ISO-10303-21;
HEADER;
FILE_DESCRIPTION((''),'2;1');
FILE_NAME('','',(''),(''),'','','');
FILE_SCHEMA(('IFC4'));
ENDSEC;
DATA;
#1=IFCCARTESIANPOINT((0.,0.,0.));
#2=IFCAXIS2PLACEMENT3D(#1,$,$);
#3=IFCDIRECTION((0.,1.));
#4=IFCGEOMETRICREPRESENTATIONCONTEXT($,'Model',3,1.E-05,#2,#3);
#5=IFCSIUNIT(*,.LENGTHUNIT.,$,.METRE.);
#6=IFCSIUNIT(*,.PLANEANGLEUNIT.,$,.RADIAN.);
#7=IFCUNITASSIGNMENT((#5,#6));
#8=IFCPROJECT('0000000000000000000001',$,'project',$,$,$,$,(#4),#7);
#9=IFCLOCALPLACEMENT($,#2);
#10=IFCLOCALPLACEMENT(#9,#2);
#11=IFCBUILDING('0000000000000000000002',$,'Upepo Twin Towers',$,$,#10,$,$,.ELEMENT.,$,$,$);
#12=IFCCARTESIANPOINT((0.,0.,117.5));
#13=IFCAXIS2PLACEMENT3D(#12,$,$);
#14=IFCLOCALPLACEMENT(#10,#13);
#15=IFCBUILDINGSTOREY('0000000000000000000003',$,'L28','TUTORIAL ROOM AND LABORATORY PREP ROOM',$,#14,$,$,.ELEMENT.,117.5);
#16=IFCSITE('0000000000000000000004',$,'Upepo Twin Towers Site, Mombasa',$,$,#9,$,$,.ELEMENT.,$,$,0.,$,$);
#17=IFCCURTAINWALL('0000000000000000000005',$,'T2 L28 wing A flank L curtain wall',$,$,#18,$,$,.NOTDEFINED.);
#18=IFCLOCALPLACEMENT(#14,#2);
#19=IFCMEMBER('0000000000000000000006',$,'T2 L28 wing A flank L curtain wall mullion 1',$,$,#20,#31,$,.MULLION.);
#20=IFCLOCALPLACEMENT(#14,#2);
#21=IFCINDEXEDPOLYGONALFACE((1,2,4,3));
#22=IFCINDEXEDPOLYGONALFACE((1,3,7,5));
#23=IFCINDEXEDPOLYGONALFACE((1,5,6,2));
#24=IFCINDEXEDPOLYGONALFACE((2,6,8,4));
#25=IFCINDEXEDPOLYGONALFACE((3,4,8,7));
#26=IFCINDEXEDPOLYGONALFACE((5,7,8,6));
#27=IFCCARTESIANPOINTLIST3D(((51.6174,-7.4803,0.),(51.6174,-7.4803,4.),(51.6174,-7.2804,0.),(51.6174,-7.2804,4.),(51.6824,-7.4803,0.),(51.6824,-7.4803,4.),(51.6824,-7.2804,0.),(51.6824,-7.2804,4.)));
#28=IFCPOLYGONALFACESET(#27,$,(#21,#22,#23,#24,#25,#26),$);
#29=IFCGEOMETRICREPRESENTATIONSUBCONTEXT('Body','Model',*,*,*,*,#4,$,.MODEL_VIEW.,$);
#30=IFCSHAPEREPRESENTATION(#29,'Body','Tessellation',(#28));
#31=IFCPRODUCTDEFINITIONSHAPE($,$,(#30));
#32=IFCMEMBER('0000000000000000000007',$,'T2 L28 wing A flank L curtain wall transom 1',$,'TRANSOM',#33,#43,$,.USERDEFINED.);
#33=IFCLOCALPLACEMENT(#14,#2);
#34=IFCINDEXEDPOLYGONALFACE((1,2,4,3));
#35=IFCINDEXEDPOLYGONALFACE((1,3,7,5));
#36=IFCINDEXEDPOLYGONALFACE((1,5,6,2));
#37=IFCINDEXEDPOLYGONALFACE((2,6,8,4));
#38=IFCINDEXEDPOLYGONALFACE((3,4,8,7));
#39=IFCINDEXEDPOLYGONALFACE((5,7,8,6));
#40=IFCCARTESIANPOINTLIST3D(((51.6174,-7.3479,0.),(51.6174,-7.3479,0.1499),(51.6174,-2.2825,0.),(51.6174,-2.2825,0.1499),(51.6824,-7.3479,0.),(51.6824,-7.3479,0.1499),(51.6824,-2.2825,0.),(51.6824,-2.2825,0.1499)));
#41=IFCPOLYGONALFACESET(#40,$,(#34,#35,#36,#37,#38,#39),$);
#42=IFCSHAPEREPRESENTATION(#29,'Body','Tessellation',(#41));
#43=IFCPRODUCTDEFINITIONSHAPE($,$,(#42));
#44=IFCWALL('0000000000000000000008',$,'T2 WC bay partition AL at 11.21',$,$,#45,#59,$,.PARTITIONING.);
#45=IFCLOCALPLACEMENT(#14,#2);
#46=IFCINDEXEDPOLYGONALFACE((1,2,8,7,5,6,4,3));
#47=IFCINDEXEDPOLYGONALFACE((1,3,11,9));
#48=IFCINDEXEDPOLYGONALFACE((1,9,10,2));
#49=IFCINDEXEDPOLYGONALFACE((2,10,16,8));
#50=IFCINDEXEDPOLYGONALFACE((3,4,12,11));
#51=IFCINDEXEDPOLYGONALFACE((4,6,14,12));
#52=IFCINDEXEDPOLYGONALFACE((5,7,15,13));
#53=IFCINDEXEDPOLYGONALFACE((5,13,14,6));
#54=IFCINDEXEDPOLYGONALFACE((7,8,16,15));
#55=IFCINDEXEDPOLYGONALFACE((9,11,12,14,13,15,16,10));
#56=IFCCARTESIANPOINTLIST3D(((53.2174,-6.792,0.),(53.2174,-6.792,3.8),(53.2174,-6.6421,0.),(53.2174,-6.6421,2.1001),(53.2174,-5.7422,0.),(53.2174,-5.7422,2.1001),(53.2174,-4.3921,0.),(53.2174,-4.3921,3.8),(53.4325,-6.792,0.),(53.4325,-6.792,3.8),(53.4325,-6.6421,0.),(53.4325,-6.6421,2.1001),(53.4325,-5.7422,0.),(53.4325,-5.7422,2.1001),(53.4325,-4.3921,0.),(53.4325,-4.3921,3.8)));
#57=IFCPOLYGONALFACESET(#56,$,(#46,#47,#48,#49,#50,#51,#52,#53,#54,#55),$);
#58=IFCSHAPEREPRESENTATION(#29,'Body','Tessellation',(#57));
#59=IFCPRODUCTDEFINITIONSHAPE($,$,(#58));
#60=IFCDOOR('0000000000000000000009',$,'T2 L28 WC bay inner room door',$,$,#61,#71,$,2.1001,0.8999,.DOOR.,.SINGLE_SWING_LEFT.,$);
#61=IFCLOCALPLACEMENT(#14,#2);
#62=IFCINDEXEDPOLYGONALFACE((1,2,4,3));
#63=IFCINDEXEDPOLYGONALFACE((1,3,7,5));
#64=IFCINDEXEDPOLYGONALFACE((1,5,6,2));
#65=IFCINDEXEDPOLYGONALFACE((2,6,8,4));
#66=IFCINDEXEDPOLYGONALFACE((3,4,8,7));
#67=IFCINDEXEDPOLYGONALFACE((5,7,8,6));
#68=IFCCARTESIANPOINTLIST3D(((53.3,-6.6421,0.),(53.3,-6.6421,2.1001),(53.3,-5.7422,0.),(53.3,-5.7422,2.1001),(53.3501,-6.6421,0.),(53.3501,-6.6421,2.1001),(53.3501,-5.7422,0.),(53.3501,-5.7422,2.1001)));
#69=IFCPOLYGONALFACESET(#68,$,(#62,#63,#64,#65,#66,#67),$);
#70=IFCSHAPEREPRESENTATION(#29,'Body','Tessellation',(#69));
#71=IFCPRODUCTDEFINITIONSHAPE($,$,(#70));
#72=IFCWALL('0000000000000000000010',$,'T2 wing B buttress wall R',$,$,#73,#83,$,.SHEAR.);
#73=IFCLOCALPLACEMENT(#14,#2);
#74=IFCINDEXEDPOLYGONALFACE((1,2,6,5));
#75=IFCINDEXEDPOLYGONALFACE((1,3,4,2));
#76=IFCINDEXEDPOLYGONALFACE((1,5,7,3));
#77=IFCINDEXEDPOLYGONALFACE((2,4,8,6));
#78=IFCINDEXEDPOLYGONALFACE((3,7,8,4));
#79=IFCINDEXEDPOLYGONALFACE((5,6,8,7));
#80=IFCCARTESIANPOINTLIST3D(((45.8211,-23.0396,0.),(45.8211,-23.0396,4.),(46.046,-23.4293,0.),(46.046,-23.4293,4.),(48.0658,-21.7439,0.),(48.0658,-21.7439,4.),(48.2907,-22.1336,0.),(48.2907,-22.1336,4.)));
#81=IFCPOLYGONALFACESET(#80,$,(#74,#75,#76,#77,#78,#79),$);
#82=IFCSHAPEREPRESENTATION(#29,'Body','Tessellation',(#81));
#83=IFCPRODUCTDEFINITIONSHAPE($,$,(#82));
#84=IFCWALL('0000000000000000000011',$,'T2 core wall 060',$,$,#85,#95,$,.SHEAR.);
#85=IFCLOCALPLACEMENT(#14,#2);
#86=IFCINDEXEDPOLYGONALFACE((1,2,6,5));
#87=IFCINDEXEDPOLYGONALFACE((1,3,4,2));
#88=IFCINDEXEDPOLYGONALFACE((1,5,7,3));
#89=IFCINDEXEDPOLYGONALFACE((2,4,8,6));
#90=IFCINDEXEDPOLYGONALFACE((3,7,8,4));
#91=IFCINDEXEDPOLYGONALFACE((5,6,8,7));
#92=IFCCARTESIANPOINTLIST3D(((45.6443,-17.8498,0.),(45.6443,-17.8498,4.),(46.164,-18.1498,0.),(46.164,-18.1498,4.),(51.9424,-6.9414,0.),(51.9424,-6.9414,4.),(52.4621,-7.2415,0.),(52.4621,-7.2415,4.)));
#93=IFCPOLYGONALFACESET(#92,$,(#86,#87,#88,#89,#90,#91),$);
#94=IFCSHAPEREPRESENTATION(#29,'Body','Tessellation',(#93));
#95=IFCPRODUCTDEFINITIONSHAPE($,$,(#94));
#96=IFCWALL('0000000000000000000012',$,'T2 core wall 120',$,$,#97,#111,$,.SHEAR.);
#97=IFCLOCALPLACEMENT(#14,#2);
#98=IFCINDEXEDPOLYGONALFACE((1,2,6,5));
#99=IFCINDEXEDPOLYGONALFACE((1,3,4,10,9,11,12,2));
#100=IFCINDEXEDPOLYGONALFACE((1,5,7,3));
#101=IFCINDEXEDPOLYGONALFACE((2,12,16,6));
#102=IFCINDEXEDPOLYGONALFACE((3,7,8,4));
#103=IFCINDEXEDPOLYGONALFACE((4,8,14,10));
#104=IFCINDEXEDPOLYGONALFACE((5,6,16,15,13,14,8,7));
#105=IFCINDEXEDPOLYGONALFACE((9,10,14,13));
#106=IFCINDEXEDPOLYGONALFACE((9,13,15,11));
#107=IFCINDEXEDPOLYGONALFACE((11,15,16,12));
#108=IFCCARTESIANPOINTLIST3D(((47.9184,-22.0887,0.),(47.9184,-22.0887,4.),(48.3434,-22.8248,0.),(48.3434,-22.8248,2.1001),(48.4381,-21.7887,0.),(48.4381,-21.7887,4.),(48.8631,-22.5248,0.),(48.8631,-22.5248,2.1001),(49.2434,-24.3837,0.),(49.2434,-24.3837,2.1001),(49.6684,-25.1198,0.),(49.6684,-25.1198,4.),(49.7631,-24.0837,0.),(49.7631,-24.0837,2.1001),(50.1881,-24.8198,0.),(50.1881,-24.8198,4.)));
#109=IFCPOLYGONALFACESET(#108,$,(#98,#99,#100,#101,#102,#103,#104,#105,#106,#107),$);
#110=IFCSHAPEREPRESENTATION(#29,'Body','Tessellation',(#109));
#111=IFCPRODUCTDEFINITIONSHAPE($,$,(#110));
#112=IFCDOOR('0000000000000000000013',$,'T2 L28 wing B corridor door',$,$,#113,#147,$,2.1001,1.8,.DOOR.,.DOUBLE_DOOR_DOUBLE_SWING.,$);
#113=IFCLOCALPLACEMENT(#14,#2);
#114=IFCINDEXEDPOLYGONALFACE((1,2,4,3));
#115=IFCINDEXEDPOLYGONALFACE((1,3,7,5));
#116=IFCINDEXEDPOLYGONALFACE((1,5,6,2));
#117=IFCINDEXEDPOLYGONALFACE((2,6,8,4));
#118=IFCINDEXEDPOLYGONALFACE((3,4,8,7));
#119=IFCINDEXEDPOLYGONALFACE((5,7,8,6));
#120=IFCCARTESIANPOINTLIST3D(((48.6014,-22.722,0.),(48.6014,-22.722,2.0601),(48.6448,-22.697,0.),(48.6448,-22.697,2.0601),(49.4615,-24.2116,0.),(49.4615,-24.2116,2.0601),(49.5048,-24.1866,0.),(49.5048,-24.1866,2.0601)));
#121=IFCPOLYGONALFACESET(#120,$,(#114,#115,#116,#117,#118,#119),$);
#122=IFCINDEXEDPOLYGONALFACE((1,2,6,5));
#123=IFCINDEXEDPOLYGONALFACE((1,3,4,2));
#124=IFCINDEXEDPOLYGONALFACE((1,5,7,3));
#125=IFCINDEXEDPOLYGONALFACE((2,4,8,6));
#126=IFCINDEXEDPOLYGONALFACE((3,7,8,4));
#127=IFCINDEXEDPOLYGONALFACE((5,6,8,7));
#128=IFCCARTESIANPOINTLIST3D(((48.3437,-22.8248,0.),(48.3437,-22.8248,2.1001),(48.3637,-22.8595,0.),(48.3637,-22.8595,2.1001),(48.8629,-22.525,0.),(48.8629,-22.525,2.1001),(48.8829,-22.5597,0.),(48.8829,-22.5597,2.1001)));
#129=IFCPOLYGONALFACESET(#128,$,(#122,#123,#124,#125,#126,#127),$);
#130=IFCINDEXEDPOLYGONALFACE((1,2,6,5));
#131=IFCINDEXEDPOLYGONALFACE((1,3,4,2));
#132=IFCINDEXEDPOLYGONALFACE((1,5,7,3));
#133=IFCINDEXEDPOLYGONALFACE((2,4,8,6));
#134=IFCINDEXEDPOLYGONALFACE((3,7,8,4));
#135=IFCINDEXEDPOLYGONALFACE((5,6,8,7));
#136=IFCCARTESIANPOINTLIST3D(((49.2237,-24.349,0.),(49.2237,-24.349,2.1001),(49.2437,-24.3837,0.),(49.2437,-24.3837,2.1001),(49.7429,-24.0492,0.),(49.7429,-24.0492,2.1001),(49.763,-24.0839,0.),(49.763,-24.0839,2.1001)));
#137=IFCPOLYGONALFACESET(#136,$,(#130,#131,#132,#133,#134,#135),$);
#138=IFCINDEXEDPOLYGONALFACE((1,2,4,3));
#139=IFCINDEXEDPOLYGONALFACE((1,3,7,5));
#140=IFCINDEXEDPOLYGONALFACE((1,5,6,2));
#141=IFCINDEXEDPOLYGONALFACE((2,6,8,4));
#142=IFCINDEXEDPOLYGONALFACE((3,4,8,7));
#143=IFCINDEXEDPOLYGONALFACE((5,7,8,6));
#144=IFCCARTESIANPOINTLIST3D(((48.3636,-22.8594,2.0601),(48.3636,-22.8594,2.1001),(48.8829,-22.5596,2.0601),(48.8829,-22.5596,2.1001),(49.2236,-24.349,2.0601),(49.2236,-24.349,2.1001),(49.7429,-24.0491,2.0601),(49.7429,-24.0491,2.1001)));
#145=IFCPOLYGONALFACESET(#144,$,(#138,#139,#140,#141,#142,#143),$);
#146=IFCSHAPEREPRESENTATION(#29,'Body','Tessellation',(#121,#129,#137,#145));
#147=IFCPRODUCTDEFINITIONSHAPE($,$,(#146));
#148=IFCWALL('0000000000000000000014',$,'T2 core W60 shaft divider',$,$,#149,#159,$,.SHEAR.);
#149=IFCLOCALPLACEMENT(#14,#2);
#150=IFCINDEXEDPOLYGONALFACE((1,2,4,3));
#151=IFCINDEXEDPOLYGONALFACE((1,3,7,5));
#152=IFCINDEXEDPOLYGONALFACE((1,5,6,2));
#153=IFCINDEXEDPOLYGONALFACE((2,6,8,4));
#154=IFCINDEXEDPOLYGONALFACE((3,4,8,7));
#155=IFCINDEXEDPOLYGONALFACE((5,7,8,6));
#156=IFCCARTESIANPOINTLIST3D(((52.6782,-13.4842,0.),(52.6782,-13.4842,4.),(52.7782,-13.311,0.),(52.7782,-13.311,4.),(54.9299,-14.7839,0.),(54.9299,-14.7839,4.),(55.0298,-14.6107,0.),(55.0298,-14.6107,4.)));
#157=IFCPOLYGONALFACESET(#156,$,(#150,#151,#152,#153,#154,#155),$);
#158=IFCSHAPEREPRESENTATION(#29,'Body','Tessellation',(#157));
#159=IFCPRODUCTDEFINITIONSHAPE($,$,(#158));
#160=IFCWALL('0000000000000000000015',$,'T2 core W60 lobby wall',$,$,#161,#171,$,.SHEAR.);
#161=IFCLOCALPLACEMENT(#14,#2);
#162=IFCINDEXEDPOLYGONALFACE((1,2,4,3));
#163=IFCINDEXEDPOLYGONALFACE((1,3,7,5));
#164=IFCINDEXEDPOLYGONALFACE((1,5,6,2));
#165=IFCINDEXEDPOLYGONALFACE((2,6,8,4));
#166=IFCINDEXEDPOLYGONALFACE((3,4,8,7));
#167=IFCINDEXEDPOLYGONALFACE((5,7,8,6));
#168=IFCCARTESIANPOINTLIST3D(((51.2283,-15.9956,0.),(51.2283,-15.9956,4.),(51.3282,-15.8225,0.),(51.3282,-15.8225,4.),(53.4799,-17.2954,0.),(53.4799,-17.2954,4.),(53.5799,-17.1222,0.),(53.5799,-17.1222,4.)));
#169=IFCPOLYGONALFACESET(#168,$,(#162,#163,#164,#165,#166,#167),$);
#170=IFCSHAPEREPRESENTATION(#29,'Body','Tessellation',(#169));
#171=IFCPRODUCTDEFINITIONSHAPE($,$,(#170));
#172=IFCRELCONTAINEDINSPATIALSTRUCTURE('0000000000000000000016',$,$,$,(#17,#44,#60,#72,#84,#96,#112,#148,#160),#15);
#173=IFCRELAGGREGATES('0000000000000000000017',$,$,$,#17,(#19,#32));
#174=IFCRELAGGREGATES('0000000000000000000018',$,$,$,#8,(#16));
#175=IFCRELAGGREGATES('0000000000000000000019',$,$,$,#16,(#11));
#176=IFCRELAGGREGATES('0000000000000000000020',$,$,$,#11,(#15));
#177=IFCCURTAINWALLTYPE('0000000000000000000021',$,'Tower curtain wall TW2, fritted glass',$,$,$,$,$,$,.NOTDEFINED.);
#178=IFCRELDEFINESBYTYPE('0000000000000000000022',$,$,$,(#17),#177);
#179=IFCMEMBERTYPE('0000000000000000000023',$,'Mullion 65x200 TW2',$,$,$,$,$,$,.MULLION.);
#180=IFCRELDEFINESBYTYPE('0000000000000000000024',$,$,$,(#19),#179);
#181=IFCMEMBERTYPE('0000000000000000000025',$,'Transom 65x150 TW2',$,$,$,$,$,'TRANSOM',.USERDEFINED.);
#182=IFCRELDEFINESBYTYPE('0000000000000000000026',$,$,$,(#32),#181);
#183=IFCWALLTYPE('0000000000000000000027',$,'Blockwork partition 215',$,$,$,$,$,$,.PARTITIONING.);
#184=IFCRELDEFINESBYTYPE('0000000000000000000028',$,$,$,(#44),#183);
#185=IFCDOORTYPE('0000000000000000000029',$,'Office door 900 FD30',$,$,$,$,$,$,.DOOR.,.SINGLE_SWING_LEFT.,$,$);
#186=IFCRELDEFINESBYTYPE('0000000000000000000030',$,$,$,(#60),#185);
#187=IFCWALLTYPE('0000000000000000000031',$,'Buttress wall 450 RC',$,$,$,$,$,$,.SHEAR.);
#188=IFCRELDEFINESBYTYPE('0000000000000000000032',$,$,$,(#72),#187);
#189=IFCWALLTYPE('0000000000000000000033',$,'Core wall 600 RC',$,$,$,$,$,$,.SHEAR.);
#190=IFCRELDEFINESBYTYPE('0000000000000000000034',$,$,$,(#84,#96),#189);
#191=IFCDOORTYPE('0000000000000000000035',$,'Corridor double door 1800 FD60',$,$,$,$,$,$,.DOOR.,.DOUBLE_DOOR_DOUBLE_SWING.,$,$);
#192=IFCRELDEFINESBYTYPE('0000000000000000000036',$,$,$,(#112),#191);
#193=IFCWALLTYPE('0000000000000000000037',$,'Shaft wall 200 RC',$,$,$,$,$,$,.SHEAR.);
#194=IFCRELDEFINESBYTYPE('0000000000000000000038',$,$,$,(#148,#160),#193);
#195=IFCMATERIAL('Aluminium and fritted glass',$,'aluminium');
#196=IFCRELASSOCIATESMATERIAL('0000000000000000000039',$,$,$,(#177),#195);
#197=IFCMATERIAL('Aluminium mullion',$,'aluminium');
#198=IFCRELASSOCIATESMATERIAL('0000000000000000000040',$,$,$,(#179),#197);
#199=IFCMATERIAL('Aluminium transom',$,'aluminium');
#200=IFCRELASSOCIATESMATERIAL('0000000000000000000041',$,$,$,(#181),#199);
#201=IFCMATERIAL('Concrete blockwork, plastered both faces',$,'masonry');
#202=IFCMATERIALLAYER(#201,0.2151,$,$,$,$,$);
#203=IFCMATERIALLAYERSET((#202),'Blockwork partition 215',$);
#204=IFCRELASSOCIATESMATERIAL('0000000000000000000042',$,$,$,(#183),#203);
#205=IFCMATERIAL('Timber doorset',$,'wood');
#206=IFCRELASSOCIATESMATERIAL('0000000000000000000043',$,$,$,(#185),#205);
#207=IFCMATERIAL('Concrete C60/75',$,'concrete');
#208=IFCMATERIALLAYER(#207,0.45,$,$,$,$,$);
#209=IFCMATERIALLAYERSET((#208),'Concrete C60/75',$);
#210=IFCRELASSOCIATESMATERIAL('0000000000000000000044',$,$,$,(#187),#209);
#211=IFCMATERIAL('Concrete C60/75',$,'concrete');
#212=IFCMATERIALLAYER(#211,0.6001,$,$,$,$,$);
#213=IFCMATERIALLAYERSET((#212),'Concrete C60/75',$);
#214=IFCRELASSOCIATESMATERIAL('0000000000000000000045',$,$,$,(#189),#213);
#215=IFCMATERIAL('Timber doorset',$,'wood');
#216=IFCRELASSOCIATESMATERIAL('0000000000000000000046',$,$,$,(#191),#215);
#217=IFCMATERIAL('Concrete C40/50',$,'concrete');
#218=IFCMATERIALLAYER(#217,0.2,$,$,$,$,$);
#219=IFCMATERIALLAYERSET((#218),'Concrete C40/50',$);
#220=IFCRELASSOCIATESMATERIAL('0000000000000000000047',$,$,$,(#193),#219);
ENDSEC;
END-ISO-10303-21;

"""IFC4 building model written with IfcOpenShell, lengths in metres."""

from ifc_helpers import new_model, si_unit, direction, frame, frame_2d, origin, origin_2d, place, context, subcontext, project, spatial, rectangle, extrude, material, layer, layer_set, material_profile, profile_set, type_object, element, fill, aggregate, save


model = new_model("IFC4")

# Units and contexts
model_context = context("Model", 3, precision=1e-05, world=origin(), true_north=direction((0.0, 1.0)))
body_context = subcontext(model_context, "Body", "Model", "MODEL_VIEW")
ifc_project = project(units=[si_unit("LENGTHUNIT", "METRE"), si_unit("PLANEANGLEUNIT", "RADIAN")], contexts=[model_context])

# Site, building, storey
site_placement = place(None, origin())
site = spatial("IfcSite", under=ifc_project, at=site_placement, Name="Upepo Twin Towers Site, Mombasa", CompositionType="ELEMENT", RefElevation=0.0)
building_placement = place(site_placement, origin())
building = spatial("IfcBuilding", under=site, at=building_placement, Name="Upepo Twin Towers", CompositionType="ELEMENT")
storey_placement = place(building_placement, frame((0.0, 0.0, 117.5)))
storey = spatial("IfcBuildingStorey", under=building, at=storey_placement, Name="L28", Description="TUTORIAL ROOM AND LABORATORY PREP ROOM", CompositionType="ELEMENT", Elevation=117.5)

# Curtain wall, members
ifc_material_1 = material(Name="Aluminium and fritted glass", Category="aluminium")
curtain_wall_type = type_object("IfcCurtainWallType", Name="Tower curtain wall TW2, fritted glass", PredefinedType="NOTDEFINED", material=ifc_material_1)
curtain_wall_placement = place(storey_placement, origin())
curtain_wall = element("IfcCurtainWall", 1, at=curtain_wall_placement, inside=storey, type_object=curtain_wall_type, Name="T2 L28 wing A flank L curtain wall", PredefinedType="NOTDEFINED")
ifc_material_2 = material(Name="Aluminium mullion", Category="aluminium")
ifc_material_profile_1 = material_profile(ifc_material_2, rectangle(XDim=0.0649, YDim=0.2, at=origin_2d()), Name="MULLION 65x200")
ifc_profile_set_1 = profile_set([ifc_material_profile_1], Name="Aluminium mullion")
member_type_1 = type_object("IfcMemberType", Name="Mullion 65x200 TW2", PredefinedType="MULLION", material=ifc_profile_set_1)
member_1_placement = place(storey_placement, frame((51.6499, -7.3804, 0.0), z_axis=(0.0, 0.0, 1.0), x_axis=(-1.0, 0.0, 0.0)))
member_1 = element("IfcMember", 2, at=member_1_placement, type_object=member_type_1, Name="T2 L28 wing A flank L curtain wall mullion 1", PredefinedType="MULLION", context=body_context, shape_type="SweptSolid", body=[
    extrude(rectangle(XDim=0.0649, YDim=0.2, at=origin_2d()), origin(), (0.0, 0.0, 1.0), 4.0),
])
ifc_material_3 = material(Name="Aluminium transom", Category="aluminium")
ifc_material_profile_2 = material_profile(ifc_material_3, rectangle(XDim=0.0649, YDim=0.1499, at=origin_2d()), Name="TRANSOM 65x150")
ifc_profile_set_2 = profile_set([ifc_material_profile_2], Name="Aluminium transom")
member_type_2 = type_object("IfcMemberType", Name="Transom 65x150 TW2", ElementType="TRANSOM", PredefinedType="USERDEFINED", material=ifc_profile_set_2)
member_2_placement = place(storey_placement, frame((51.6499, -7.3479, 0.075), z_axis=(0.0, 1.0, 0.0), x_axis=(-1.0, 0.0, 0.0)))
member_2 = element("IfcMember", 3, at=member_2_placement, type_object=member_type_2, Name="T2 L28 wing A flank L curtain wall transom 1", ObjectType="TRANSOM", PredefinedType="USERDEFINED", context=body_context, shape_type="SweptSolid", body=[
    extrude(rectangle(XDim=0.0649, YDim=0.1499, at=origin_2d()), origin(), (0.0, 0.0, 1.0), 5.0654),
])
aggregate(curtain_wall, [member_1, member_2])

# Wall, opening, door
ifc_material_4 = material(Name="Concrete blockwork, plastered both faces", Category="masonry")
ifc_layer_1 = layer(ifc_material_4, 0.2151)
ifc_layer_set_1 = layer_set([ifc_layer_1], Name="Blockwork partition 215")
wall_type_1 = type_object("IfcWallType", Name="Blockwork partition 215", PredefinedType="PARTITIONING", material=ifc_layer_set_1)
wall_1_placement = place(storey_placement, frame((53.325, -6.792, 0.0), z_axis=(0.0, 0.0, 1.0), x_axis=(0.0, 1.0, 0.0)))
wall_1 = element("IfcWall", 4, at=wall_1_placement, inside=storey, type_object=wall_type_1, Name="T2 WC bay partition AL at 11.21", PredefinedType="PARTITIONING", context=body_context, shape_type="SweptSolid", body=[
    extrude(rectangle(XDim=2.3999, YDim=0.2151, at=frame_2d((1.2, 0.0))), origin(), (0.0, 0.0, 1.0), 3.8),
])
opening_1_placement = place(wall_1_placement, frame((0.1499, 0.0, 0.0)))
opening_1 = element("IfcOpeningElement", 5, at=opening_1_placement, cuts=wall_1, PredefinedType="OPENING", context=body_context, shape_type="SweptSolid", body=[
    extrude(rectangle(XDim=0.8999, YDim=2.1001, at=frame_2d((0.45, 1.05))), frame((0.0, 0.1174, 0.0), z_axis=(0.0, -1.0, 0.0), x_axis=(1.0, 0.0, 0.0)), (0.0, 0.0, 1.0), 0.2351),
])
ifc_material_5 = material(Name="Timber doorset", Category="wood")
door_type_1 = type_object("IfcDoorType", Name="Office door 900 FD30", OperationType="SINGLE_SWING_LEFT", PredefinedType="DOOR", material=ifc_material_5)
door_1_placement = place(opening_1_placement, origin())
door_1 = element("IfcDoor", 6, at=door_1_placement, inside=storey, type_object=door_type_1, Name="T2 L28 WC bay inner room door", OperationType="SINGLE_SWING_LEFT", OverallHeight=2.1001, OverallWidth=0.8999, PredefinedType="DOOR", context=body_context, shape_type="SweptSolid", body=[
    extrude(rectangle(XDim=0.8999, YDim=2.1001, at=frame_2d((0.45, 1.05))), frame((0.0, 0.0249, 0.0), z_axis=(0.0, -1.0, 0.0), x_axis=(1.0, 0.0, 0.0)), (0.0, 0.0, 1.0), 0.05),
])
fill(opening_1, door_1)

# Walls
ifc_material_6 = material(Name="Concrete C60/75", Category="concrete")
ifc_layer_2 = layer(ifc_material_6, 0.45)
ifc_layer_set_2 = layer_set([ifc_layer_2], Name="Concrete C60/75")
wall_type_2 = type_object("IfcWallType", Name="Buttress wall 450 RC", PredefinedType="SHEAR", material=ifc_layer_set_2)
wall_2_placement = place(storey_placement, frame((48.1782, -21.9387, 0.0), z_axis=(0.0, 0.0, 1.0), x_axis=(-0.866073, -0.499918, 0.0)))
element("IfcWall", 7, at=wall_2_placement, inside=storey, type_object=wall_type_2, Name="T2 wing B buttress wall R", PredefinedType="SHEAR", context=body_context, shape_type="SweptSolid", body=[
    extrude(rectangle(XDim=2.5918, YDim=0.45, at=frame_2d((1.2959, 0.0))), origin(), (0.0, 0.0, 1.0), 4.0),
])
ifc_material_7 = material(Name="Concrete C60/75", Category="concrete")
ifc_layer_3 = layer(ifc_material_7, 0.6001)
ifc_layer_set_3 = layer_set([ifc_layer_3], Name="Concrete C60/75")
wall_type_3 = type_object("IfcWallType", Name="Core wall 600 RC", PredefinedType="SHEAR", material=ifc_layer_set_3)
wall_3_placement = place(storey_placement, frame((52.2021, -7.0916, 0.0), z_axis=(0.0, 0.0, 1.0), x_axis=(-0.500006, -0.866022, 0.0)))
element("IfcWall", 8, at=wall_3_placement, inside=storey, type_object=wall_type_3, Name="T2 core wall 060", PredefinedType="SHEAR", context=body_context, shape_type="SweptSolid", body=[
    extrude(rectangle(XDim=12.5959, YDim=0.6001, at=frame_2d((6.2979, 0.0))), origin(), (0.0, 0.0, 1.0), 4.0),
])

# Wall, opening, door
wall_4_placement = place(storey_placement, frame((48.1782, -21.9387, 0.0), z_axis=(0.0, 0.0, 1.0), x_axis=(0.50001, -0.866019, 0.0)))
wall_4 = element("IfcWall", 9, at=wall_4_placement, inside=storey, type_object=wall_type_3, Name="T2 core wall 120", PredefinedType="SHEAR", context=body_context, shape_type="SweptSolid", body=[
    extrude(rectangle(XDim=3.5, YDim=0.6001, at=frame_2d((1.75, 0.0))), origin(), (0.0, 0.0, 1.0), 4.0),
])
opening_2_placement = place(wall_4_placement, frame((0.8501, 0.0, 0.0)))
opening_2 = element("IfcOpeningElement", 10, at=opening_2_placement, cuts=wall_4, PredefinedType="OPENING", context=body_context, shape_type="SweptSolid", body=[
    extrude(rectangle(XDim=1.8, YDim=2.1001, at=frame_2d((0.8999, 1.05))), frame((0.0, 0.3101, 0.0), z_axis=(0.0, -1.0, 0.0), x_axis=(1.0, 0.0, 0.0)), (0.0, 0.0, 1.0), 0.6201),
])
ifc_material_8 = material(Name="Timber doorset", Category="wood")
door_type_2 = type_object("IfcDoorType", Name="Corridor double door 1800 FD60", OperationType="DOUBLE_DOOR_DOUBLE_SWING", PredefinedType="DOOR", material=ifc_material_8)
door_2_placement = place(opening_2_placement, origin())
door_2 = element("IfcDoor", 11, at=door_2_placement, inside=storey, type_object=door_type_2, Name="T2 L28 wing B corridor door", OperationType="DOUBLE_DOOR_DOUBLE_SWING", OverallHeight=2.1001, OverallWidth=1.8, PredefinedType="DOOR", context=body_context, shape_type="SweptSolid", body=[
    extrude(rectangle(XDim=1.72, YDim=2.0601, at=frame_2d((0.8999, 1.03))), frame((0.0, 0.0249, 0.0), z_axis=(0.0, -1.0, 0.0), x_axis=(1.0, 0.0, 0.0)), (0.0, 0.0, 1.0), 0.05),
    extrude(rectangle(XDim=0.04, YDim=2.1001, at=frame_2d((0.02, 1.05))), frame((0.0, 0.2998, 0.0), z_axis=(0.0, -1.0, 0.0), x_axis=(1.0, 0.0, 0.0)), (0.0, 0.0, 1.0), 0.5996),
    extrude(rectangle(XDim=0.04, YDim=2.1001, at=frame_2d((1.78, 1.05))), frame((0.0, 0.2998, 0.0), z_axis=(0.0, -1.0, 0.0), x_axis=(1.0, 0.0, 0.0)), (0.0, 0.0, 1.0), 0.5996),
    extrude(rectangle(XDim=1.72, YDim=0.04, at=frame_2d((0.8999, 2.0801))), frame((0.0, 0.2998, 0.0), z_axis=(0.0, -1.0, 0.0), x_axis=(1.0, 0.0, 0.0)), (0.0, 0.0, 1.0), 0.5996),
])
fill(opening_2, door_2)

# Walls
ifc_material_9 = material(Name="Concrete C40/50", Category="concrete")
ifc_layer_4 = layer(ifc_material_9, 0.2)
ifc_layer_set_4 = layer_set([ifc_layer_4], Name="Concrete C40/50")
wall_type_4 = type_object("IfcWallType", Name="Shaft wall 200 RC", PredefinedType="SHEAR", material=ifc_layer_set_4)
for number, where, z_axis, x_axis, name in (
    (12, (54.9797, -14.6973, 0.0), (0.0, 0.0, 1.0), (-0.866062, 0.499937, 0.0), "T2 core W60 shaft divider"),
    (13, (53.5298, -17.2087, 0.0), (0.0, 0.0, 1.0), (-0.866062, 0.499937, 0.0), "T2 core W60 lobby wall"),
):
    element("IfcWall", number, at=place(storey_placement, frame(where, z_axis=z_axis, x_axis=x_axis)), inside=storey, type_object=wall_type_4, Name=name, PredefinedType="SHEAR", context=body_context, shape_type="SweptSolid", body=[
        extrude(rectangle(XDim=2.5999, YDim=0.2, at=frame_2d((1.2998, 0.0))), origin(), (0.0, 0.0, 1.0), 4.0),
    ])

save(model, "model.ifc")
